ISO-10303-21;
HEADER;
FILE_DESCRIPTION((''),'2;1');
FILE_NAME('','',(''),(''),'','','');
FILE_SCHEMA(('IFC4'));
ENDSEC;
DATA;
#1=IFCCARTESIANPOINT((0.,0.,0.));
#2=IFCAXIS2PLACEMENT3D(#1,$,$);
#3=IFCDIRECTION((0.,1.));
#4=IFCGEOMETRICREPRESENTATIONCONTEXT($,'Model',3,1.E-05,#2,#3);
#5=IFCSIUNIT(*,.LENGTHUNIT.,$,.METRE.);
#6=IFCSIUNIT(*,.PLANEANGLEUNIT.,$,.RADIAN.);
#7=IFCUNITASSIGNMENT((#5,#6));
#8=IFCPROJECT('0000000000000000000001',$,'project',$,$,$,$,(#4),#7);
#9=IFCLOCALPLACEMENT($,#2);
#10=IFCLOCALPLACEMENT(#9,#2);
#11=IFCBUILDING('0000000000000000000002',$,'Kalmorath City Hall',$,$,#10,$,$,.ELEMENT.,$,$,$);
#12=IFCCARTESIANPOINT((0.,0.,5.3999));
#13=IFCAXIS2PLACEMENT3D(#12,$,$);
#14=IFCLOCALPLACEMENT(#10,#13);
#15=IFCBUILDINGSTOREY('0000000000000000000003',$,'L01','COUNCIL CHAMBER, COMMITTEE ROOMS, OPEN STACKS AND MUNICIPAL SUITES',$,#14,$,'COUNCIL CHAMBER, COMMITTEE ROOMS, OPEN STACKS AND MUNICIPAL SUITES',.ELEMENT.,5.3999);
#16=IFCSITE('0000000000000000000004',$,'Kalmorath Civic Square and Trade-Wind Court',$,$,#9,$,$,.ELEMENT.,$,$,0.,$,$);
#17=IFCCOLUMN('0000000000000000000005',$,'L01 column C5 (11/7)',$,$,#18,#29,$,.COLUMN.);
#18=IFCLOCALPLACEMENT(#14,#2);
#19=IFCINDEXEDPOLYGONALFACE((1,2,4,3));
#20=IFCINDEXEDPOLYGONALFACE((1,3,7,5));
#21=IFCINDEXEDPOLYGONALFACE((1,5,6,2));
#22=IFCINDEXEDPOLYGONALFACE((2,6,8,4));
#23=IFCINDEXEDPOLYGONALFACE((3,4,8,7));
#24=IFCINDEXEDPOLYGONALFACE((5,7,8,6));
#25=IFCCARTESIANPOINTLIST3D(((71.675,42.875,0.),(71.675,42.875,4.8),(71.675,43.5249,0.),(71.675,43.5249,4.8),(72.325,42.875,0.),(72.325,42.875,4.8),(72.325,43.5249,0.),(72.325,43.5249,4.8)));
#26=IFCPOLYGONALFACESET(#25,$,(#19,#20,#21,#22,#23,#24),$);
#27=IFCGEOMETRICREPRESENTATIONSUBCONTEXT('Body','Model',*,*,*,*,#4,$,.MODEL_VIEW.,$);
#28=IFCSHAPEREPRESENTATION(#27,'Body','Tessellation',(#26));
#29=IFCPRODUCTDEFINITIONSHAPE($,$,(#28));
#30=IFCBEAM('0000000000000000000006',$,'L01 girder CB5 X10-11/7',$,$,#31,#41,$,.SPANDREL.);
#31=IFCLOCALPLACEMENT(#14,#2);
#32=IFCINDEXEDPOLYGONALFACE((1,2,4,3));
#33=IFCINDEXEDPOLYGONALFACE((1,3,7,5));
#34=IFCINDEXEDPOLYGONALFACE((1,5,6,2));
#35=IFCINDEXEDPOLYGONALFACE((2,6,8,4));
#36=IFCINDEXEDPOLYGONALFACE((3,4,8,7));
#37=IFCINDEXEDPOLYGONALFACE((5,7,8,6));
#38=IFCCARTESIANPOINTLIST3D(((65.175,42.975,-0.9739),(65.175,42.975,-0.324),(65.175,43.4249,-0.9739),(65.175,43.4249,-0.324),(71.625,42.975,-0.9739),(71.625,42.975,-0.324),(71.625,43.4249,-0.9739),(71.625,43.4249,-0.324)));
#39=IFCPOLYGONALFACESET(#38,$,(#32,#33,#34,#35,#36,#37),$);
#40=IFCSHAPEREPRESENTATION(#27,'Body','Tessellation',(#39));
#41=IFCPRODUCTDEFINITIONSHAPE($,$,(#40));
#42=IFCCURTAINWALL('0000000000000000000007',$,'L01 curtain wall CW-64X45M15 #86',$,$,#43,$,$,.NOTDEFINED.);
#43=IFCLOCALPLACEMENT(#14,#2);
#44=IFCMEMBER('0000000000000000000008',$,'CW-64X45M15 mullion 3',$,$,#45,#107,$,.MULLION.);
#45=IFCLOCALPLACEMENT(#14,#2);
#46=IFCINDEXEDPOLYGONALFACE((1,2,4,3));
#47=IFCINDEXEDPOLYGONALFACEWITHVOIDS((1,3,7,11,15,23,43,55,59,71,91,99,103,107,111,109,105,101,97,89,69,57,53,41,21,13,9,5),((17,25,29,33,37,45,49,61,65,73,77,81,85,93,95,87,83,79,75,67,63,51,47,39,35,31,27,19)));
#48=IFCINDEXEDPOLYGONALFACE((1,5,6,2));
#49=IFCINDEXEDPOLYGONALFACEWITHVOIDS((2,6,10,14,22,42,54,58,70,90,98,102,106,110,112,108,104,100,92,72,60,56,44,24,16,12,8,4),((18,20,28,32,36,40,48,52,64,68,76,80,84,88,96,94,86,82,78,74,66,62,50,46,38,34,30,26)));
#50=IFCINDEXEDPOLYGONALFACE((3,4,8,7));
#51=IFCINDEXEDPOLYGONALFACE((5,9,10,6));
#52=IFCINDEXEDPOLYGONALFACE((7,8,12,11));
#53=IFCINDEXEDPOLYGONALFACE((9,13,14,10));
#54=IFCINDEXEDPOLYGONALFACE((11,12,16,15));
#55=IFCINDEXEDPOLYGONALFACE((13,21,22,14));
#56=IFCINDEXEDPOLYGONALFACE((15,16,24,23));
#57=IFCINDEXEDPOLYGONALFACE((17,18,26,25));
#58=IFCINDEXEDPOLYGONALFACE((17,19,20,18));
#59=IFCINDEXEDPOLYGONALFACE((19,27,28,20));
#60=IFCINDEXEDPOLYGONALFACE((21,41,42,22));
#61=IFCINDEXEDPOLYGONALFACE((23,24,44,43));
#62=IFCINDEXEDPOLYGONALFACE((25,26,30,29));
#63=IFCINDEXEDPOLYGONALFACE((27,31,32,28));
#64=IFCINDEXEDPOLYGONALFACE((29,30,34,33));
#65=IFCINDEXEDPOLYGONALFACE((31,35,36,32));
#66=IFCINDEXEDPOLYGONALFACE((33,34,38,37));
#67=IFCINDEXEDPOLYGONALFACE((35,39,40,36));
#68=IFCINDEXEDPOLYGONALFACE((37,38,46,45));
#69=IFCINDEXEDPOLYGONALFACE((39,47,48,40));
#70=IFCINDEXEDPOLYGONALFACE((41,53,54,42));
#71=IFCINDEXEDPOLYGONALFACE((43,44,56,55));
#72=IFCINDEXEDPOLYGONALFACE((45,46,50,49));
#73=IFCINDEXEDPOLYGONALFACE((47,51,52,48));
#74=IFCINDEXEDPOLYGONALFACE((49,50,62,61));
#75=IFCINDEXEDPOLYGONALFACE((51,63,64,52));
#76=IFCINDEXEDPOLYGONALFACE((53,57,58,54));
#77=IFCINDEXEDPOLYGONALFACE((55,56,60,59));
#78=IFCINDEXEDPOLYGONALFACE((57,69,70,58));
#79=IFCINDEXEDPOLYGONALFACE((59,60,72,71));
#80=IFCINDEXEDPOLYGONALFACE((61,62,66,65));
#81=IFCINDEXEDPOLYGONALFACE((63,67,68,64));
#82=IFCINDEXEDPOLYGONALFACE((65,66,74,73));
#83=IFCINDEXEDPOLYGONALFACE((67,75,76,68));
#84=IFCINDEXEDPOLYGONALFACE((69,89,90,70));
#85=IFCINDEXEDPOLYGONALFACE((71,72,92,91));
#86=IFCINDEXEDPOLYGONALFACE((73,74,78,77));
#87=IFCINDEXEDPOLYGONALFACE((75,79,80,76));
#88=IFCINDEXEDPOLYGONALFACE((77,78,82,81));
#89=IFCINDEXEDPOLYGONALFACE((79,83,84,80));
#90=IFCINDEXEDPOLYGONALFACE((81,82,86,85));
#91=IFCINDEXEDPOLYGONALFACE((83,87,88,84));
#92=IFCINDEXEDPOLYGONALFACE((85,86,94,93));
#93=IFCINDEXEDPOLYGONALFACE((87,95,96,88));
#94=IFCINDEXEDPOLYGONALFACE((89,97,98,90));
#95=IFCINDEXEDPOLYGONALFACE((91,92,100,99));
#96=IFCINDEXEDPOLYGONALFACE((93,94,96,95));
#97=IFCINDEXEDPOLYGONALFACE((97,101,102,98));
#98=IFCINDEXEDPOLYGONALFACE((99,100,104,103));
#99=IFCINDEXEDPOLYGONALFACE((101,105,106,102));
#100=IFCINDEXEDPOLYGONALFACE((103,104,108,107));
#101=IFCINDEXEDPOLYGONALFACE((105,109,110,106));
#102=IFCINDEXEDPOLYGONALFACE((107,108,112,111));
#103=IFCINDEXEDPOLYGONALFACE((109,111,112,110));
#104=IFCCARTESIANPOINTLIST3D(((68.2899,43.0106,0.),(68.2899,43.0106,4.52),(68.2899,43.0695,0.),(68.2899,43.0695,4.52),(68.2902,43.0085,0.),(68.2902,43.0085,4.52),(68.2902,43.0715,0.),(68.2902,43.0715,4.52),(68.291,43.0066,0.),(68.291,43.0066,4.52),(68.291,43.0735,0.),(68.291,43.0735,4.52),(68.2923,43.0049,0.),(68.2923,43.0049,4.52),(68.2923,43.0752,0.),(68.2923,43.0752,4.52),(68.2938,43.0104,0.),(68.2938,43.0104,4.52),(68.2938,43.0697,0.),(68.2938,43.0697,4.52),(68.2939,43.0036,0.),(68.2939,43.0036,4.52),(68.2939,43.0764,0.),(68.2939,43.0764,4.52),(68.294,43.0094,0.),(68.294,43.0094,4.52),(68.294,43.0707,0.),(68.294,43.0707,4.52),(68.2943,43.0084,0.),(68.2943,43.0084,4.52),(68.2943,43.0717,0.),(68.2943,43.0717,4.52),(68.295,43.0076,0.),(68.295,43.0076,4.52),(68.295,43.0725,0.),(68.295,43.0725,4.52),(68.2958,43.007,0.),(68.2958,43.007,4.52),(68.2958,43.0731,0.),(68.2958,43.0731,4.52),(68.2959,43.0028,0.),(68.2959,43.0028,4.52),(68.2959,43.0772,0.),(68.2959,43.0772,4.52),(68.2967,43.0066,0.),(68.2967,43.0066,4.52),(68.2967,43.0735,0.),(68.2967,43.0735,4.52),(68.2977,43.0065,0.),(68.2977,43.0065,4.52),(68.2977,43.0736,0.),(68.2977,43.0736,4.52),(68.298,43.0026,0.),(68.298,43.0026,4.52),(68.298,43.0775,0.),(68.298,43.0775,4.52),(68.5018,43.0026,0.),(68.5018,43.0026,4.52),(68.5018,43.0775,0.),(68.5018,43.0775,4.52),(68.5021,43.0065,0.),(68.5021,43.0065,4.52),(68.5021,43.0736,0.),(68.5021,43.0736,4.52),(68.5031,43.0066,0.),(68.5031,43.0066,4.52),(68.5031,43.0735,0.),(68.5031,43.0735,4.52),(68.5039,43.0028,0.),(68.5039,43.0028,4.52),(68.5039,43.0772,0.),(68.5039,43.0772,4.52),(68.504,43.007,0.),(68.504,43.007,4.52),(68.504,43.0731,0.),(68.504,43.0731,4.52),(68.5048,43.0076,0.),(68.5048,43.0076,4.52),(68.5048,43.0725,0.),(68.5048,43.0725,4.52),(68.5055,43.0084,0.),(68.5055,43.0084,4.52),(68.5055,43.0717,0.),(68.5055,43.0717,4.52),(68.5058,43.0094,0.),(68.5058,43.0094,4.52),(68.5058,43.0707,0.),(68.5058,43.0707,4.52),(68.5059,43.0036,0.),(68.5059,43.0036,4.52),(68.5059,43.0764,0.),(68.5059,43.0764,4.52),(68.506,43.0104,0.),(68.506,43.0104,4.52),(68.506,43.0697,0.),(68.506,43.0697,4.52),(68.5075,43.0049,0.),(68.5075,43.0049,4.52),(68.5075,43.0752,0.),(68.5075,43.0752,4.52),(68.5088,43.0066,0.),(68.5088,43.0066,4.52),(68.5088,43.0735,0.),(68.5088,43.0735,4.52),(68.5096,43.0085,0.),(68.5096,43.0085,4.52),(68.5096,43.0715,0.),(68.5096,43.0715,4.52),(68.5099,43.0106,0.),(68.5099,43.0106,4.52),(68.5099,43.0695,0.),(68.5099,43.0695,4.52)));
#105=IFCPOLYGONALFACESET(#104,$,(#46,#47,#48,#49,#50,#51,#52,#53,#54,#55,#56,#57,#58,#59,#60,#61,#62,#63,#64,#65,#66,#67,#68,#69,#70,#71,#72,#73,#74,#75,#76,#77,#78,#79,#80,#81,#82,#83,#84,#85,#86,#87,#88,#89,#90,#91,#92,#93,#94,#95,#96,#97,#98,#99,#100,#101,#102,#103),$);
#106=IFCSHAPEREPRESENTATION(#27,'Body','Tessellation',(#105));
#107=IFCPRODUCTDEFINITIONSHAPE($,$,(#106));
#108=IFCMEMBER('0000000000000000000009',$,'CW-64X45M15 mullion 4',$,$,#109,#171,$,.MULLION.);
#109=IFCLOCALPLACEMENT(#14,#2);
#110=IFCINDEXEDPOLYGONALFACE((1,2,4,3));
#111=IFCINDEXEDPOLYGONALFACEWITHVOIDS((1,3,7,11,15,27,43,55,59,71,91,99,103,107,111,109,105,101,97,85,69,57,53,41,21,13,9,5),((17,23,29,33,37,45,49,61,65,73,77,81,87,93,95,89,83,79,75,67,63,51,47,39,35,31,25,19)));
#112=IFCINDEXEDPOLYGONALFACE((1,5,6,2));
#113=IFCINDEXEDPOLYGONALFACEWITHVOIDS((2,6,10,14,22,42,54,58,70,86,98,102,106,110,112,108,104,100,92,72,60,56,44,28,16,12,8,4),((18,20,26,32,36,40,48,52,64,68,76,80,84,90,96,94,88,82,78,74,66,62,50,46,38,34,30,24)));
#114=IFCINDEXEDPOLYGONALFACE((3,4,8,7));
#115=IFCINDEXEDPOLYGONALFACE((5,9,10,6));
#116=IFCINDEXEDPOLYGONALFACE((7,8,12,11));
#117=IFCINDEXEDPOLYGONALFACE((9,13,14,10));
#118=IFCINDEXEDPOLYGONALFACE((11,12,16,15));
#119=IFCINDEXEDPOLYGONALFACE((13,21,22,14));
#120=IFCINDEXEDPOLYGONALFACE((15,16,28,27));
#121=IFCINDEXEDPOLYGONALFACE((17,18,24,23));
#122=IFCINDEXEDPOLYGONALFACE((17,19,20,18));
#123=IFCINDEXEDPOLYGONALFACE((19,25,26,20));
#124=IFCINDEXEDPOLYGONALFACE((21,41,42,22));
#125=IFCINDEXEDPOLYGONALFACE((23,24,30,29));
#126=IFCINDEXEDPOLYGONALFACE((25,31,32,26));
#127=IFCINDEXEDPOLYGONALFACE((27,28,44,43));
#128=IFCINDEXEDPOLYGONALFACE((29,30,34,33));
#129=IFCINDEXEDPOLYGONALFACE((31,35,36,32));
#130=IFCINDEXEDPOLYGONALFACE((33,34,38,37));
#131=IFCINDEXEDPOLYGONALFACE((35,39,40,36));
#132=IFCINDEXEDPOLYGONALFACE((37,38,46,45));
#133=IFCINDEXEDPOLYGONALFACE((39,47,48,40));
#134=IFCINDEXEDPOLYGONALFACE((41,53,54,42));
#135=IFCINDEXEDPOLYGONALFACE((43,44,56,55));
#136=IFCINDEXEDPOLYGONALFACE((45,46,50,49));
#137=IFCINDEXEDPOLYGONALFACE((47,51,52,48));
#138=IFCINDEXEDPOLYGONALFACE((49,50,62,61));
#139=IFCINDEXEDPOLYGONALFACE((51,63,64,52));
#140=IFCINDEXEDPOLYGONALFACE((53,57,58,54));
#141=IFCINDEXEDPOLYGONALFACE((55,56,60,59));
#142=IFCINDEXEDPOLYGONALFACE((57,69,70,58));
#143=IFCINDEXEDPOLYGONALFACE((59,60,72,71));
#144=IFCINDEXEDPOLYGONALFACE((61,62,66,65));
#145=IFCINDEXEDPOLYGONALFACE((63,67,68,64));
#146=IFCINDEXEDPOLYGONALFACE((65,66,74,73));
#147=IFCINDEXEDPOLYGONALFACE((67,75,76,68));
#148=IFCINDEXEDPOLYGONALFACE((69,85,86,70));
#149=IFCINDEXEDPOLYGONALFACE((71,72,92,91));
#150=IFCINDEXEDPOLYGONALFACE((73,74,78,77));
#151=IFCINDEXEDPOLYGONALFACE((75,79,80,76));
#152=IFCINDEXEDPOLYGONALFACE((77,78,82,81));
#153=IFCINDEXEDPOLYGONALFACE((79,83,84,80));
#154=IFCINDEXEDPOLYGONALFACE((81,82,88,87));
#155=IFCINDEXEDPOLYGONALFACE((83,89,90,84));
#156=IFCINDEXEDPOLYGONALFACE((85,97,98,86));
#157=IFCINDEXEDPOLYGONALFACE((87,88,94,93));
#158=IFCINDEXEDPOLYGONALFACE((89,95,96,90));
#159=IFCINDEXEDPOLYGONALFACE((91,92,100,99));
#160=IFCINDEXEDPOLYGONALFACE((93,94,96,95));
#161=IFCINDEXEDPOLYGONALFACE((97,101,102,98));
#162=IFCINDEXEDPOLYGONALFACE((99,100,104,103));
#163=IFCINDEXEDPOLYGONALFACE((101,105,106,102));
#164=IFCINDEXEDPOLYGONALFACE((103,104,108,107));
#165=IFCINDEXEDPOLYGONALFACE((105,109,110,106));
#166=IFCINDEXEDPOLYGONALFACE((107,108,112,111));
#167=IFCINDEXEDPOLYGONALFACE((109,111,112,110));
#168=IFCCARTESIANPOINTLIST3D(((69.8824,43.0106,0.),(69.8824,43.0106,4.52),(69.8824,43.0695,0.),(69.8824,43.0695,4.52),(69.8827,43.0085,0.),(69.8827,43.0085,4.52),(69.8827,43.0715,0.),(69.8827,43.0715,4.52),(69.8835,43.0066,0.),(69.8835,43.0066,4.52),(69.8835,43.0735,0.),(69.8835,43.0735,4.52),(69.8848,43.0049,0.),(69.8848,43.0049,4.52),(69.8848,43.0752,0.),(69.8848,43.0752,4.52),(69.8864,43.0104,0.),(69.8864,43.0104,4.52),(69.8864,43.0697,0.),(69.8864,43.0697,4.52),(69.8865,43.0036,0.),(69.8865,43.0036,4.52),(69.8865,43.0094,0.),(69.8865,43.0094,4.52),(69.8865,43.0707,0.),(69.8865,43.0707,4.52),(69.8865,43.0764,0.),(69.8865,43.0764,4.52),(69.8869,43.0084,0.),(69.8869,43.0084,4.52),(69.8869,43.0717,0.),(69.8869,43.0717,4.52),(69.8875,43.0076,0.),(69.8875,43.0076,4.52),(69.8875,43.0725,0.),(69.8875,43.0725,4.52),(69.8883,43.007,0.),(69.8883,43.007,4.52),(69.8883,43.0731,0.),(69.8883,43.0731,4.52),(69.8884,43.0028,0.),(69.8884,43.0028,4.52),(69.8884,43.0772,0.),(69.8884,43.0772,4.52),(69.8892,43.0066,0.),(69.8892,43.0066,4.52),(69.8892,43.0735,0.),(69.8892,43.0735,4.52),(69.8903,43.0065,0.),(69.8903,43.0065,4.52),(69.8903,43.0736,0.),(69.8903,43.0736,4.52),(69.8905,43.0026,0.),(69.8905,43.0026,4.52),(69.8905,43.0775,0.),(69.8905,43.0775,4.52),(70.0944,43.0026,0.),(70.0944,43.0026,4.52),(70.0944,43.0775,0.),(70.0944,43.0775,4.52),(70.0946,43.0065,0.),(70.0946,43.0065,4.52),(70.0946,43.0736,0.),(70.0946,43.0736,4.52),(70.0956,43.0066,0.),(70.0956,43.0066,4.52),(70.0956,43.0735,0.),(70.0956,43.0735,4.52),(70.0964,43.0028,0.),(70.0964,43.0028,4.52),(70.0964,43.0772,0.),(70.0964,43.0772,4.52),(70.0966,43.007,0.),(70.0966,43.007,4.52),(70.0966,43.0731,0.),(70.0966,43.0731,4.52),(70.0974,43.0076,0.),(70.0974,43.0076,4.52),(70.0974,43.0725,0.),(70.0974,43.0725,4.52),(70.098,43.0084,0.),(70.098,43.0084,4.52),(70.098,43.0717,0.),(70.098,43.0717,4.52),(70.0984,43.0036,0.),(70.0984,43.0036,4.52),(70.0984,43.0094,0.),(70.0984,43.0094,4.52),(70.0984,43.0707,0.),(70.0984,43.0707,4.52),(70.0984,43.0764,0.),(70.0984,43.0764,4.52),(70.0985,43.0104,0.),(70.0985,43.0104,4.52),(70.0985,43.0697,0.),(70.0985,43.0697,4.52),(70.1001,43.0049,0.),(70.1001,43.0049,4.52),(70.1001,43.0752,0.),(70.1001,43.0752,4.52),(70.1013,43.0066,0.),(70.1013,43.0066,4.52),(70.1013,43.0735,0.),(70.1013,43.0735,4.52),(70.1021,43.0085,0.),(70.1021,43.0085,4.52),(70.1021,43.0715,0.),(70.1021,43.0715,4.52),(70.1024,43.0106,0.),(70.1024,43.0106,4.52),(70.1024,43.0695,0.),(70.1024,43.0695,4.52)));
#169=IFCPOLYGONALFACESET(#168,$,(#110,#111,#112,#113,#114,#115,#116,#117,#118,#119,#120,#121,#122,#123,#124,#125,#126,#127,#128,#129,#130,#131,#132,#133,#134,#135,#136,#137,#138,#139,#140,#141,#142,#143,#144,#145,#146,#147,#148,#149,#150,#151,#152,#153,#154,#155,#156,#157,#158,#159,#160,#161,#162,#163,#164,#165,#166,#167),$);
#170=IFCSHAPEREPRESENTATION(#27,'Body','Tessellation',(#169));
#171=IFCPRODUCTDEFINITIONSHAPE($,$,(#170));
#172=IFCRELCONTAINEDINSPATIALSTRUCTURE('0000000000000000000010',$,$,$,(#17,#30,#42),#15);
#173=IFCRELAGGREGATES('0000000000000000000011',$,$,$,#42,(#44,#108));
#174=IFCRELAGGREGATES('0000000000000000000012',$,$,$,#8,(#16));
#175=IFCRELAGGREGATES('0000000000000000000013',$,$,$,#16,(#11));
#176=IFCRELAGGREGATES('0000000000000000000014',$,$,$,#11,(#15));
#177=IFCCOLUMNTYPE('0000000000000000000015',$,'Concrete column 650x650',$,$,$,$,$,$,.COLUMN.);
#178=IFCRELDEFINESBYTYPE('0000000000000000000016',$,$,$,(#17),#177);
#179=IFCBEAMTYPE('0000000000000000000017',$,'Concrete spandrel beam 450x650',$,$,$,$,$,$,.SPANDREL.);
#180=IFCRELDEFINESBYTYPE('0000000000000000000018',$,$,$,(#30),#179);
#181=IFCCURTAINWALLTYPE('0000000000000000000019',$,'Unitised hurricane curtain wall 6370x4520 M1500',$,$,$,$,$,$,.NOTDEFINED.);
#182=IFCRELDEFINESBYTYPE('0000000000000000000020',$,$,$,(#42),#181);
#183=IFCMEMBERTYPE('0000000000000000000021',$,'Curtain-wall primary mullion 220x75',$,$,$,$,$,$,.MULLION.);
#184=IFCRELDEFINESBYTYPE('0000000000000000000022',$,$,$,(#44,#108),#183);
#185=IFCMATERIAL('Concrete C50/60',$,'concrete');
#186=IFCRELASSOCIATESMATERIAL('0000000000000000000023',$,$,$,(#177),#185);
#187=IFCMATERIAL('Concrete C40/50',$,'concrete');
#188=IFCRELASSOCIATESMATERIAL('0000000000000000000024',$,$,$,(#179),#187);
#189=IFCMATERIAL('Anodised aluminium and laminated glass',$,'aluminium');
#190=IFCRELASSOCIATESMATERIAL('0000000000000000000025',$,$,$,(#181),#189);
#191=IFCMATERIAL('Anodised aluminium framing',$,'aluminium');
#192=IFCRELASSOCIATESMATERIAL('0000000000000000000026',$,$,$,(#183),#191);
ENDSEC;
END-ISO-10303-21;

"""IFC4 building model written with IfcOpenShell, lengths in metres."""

from ifc_helpers import new_model, si_unit, direction, frame, origin, origin_2d, place, context, subcontext, project, spatial, rectangle, hollow_rectangle, extrude, material, material_profile, profile_set, type_object, element, aggregate, save


model = new_model("IFC4")

# Units and contexts
model_context = context("Model", 3, precision=1e-05, world=origin(), true_north=direction((0.0, 1.0)))
body_context = subcontext(model_context, "Body", "Model", "MODEL_VIEW")
ifc_project = project(units=[si_unit("LENGTHUNIT", "METRE"), si_unit("PLANEANGLEUNIT", "RADIAN")], contexts=[model_context])

# Site, building, storey
site_placement = place(None, origin())
site = spatial("IfcSite", under=ifc_project, at=site_placement, Name="Kalmorath Civic Square and Trade-Wind Court", CompositionType="ELEMENT", RefElevation=0.0)
building_placement = place(site_placement, origin())
building = spatial("IfcBuilding", under=site, at=building_placement, Name="Kalmorath City Hall", CompositionType="ELEMENT")
storey_placement = place(building_placement, frame((0.0, 0.0, 5.3999)))
storey = spatial("IfcBuildingStorey", under=building, at=storey_placement, Name="L01", Description="COUNCIL CHAMBER, COMMITTEE ROOMS, OPEN STACKS AND MUNICIPAL SUITES", LongName="COUNCIL CHAMBER, COMMITTEE ROOMS, OPEN STACKS AND MUNICIPAL SUITES", CompositionType="ELEMENT", Elevation=5.3999)

# Column
ifc_material_1 = material(Name="Concrete C50/60", Category="concrete")
ifc_material_profile_1 = material_profile(ifc_material_1, rectangle(XDim=0.6499, YDim=0.6499, at=origin_2d()), Name="RC-COL-650X650")
ifc_profile_set_1 = profile_set([ifc_material_profile_1], Name="Concrete C50/60")
column_type = type_object("IfcColumnType", Name="Concrete column 650x650", PredefinedType="COLUMN", material=ifc_profile_set_1)
column_placement = place(storey_placement, frame((72.0, 43.2, 0.0), z_axis=(0.0, 0.0, 1.0), x_axis=(1.0, 0.0, 0.0)))
element("IfcColumn", 1, at=column_placement, inside=storey, type_object=column_type, Name="L01 column C5 (11/7)", PredefinedType="COLUMN", context=body_context, shape_type="SweptSolid", body=[
    extrude(rectangle(XDim=0.6499, YDim=0.6499, at=origin_2d()), origin(), (0.0, 0.0, 1.0), 4.8),
])

# Beam
ifc_material_2 = material(Name="Concrete C40/50", Category="concrete")
ifc_material_profile_2 = material_profile(ifc_material_2, rectangle(XDim=0.45, YDim=0.6499, at=origin_2d()), Name="RC-BM-450X650")
ifc_profile_set_2 = profile_set([ifc_material_profile_2], Name="Concrete C40/50")
beam_type = type_object("IfcBeamType", Name="Concrete spandrel beam 450x650", PredefinedType="SPANDREL", material=ifc_profile_set_2)
beam_placement = place(storey_placement, frame((65.175, 43.2, -0.6489), z_axis=(1.0, 0.0, 0.0), x_axis=(0.0, 1.0, 0.0)))
element("IfcBeam", 2, at=beam_placement, inside=storey, type_object=beam_type, Name="L01 girder CB5 X10-11/7", PredefinedType="SPANDREL", context=body_context, shape_type="SweptSolid", body=[
    extrude(rectangle(XDim=0.45, YDim=0.6499, at=origin_2d()), origin(), (0.0, 0.0, 1.0), 6.45),
])

# Curtain wall, members
ifc_material_3 = material(Name="Anodised aluminium and laminated glass", Category="aluminium")
curtain_wall_type = type_object("IfcCurtainWallType", Name="Unitised hurricane curtain wall 6370x4520 M1500", PredefinedType="NOTDEFINED", material=ifc_material_3)
curtain_wall_placement = place(storey_placement, origin())
curtain_wall = element("IfcCurtainWall", 3, at=curtain_wall_placement, inside=storey, type_object=curtain_wall_type, Name="L01 curtain wall CW-64X45M15 #86", PredefinedType="NOTDEFINED")
ifc_material_4 = material(Name="Anodised aluminium framing", Category="aluminium")
ifc_material_profile_3 = material_profile(ifc_material_4, hollow_rectangle(XDim=0.075, YDim=0.22, WallThickness=0.0039, InnerFilletRadius=0.0039, OuterFilletRadius=0.0081, at=origin_2d()), Name="ALU-MUL-220X75X4")
ifc_profile_set_3 = profile_set([ifc_material_profile_3], Name="Anodised aluminium framing")
member_type_1 = type_object("IfcMemberType", Name="Curtain-wall primary mullion 220x75", PredefinedType="MULLION", material=ifc_profile_set_3)
member_1_placement = place(storey_placement, frame((68.3999, 43.04, 0.0), z_axis=(0.0, 0.0, 1.0), x_axis=(0.0, 1.0, 0.0)))
member_1 = element("IfcMember", 4, at=member_1_placement, type_object=member_type_1, Name="CW-64X45M15 mullion 3", PredefinedType="MULLION", context=body_context, shape_type="SweptSolid", body=[
    extrude(hollow_rectangle(XDim=0.075, YDim=0.22, WallThickness=0.0039, InnerFilletRadius=0.0039, OuterFilletRadius=0.0081, at=origin_2d()), origin(), (0.0, 0.0, 1.0), 4.52),
])
member_2_placement = place(storey_placement, frame((69.9924, 43.04, 0.0), z_axis=(0.0, 0.0, 1.0), x_axis=(0.0, 1.0, 0.0)))
member_2 = element("IfcMember", 5, at=member_2_placement, type_object=member_type_1, Name="CW-64X45M15 mullion 4", PredefinedType="MULLION", context=body_context, shape_type="SweptSolid", body=[
    extrude(hollow_rectangle(XDim=0.075, YDim=0.22, WallThickness=0.0039, InnerFilletRadius=0.0039, OuterFilletRadius=0.0081, at=origin_2d()), origin(), (0.0, 0.0, 1.0), 4.52),
])
aggregate(curtain_wall, [member_1, member_2])

save(model, "model.ifc")
